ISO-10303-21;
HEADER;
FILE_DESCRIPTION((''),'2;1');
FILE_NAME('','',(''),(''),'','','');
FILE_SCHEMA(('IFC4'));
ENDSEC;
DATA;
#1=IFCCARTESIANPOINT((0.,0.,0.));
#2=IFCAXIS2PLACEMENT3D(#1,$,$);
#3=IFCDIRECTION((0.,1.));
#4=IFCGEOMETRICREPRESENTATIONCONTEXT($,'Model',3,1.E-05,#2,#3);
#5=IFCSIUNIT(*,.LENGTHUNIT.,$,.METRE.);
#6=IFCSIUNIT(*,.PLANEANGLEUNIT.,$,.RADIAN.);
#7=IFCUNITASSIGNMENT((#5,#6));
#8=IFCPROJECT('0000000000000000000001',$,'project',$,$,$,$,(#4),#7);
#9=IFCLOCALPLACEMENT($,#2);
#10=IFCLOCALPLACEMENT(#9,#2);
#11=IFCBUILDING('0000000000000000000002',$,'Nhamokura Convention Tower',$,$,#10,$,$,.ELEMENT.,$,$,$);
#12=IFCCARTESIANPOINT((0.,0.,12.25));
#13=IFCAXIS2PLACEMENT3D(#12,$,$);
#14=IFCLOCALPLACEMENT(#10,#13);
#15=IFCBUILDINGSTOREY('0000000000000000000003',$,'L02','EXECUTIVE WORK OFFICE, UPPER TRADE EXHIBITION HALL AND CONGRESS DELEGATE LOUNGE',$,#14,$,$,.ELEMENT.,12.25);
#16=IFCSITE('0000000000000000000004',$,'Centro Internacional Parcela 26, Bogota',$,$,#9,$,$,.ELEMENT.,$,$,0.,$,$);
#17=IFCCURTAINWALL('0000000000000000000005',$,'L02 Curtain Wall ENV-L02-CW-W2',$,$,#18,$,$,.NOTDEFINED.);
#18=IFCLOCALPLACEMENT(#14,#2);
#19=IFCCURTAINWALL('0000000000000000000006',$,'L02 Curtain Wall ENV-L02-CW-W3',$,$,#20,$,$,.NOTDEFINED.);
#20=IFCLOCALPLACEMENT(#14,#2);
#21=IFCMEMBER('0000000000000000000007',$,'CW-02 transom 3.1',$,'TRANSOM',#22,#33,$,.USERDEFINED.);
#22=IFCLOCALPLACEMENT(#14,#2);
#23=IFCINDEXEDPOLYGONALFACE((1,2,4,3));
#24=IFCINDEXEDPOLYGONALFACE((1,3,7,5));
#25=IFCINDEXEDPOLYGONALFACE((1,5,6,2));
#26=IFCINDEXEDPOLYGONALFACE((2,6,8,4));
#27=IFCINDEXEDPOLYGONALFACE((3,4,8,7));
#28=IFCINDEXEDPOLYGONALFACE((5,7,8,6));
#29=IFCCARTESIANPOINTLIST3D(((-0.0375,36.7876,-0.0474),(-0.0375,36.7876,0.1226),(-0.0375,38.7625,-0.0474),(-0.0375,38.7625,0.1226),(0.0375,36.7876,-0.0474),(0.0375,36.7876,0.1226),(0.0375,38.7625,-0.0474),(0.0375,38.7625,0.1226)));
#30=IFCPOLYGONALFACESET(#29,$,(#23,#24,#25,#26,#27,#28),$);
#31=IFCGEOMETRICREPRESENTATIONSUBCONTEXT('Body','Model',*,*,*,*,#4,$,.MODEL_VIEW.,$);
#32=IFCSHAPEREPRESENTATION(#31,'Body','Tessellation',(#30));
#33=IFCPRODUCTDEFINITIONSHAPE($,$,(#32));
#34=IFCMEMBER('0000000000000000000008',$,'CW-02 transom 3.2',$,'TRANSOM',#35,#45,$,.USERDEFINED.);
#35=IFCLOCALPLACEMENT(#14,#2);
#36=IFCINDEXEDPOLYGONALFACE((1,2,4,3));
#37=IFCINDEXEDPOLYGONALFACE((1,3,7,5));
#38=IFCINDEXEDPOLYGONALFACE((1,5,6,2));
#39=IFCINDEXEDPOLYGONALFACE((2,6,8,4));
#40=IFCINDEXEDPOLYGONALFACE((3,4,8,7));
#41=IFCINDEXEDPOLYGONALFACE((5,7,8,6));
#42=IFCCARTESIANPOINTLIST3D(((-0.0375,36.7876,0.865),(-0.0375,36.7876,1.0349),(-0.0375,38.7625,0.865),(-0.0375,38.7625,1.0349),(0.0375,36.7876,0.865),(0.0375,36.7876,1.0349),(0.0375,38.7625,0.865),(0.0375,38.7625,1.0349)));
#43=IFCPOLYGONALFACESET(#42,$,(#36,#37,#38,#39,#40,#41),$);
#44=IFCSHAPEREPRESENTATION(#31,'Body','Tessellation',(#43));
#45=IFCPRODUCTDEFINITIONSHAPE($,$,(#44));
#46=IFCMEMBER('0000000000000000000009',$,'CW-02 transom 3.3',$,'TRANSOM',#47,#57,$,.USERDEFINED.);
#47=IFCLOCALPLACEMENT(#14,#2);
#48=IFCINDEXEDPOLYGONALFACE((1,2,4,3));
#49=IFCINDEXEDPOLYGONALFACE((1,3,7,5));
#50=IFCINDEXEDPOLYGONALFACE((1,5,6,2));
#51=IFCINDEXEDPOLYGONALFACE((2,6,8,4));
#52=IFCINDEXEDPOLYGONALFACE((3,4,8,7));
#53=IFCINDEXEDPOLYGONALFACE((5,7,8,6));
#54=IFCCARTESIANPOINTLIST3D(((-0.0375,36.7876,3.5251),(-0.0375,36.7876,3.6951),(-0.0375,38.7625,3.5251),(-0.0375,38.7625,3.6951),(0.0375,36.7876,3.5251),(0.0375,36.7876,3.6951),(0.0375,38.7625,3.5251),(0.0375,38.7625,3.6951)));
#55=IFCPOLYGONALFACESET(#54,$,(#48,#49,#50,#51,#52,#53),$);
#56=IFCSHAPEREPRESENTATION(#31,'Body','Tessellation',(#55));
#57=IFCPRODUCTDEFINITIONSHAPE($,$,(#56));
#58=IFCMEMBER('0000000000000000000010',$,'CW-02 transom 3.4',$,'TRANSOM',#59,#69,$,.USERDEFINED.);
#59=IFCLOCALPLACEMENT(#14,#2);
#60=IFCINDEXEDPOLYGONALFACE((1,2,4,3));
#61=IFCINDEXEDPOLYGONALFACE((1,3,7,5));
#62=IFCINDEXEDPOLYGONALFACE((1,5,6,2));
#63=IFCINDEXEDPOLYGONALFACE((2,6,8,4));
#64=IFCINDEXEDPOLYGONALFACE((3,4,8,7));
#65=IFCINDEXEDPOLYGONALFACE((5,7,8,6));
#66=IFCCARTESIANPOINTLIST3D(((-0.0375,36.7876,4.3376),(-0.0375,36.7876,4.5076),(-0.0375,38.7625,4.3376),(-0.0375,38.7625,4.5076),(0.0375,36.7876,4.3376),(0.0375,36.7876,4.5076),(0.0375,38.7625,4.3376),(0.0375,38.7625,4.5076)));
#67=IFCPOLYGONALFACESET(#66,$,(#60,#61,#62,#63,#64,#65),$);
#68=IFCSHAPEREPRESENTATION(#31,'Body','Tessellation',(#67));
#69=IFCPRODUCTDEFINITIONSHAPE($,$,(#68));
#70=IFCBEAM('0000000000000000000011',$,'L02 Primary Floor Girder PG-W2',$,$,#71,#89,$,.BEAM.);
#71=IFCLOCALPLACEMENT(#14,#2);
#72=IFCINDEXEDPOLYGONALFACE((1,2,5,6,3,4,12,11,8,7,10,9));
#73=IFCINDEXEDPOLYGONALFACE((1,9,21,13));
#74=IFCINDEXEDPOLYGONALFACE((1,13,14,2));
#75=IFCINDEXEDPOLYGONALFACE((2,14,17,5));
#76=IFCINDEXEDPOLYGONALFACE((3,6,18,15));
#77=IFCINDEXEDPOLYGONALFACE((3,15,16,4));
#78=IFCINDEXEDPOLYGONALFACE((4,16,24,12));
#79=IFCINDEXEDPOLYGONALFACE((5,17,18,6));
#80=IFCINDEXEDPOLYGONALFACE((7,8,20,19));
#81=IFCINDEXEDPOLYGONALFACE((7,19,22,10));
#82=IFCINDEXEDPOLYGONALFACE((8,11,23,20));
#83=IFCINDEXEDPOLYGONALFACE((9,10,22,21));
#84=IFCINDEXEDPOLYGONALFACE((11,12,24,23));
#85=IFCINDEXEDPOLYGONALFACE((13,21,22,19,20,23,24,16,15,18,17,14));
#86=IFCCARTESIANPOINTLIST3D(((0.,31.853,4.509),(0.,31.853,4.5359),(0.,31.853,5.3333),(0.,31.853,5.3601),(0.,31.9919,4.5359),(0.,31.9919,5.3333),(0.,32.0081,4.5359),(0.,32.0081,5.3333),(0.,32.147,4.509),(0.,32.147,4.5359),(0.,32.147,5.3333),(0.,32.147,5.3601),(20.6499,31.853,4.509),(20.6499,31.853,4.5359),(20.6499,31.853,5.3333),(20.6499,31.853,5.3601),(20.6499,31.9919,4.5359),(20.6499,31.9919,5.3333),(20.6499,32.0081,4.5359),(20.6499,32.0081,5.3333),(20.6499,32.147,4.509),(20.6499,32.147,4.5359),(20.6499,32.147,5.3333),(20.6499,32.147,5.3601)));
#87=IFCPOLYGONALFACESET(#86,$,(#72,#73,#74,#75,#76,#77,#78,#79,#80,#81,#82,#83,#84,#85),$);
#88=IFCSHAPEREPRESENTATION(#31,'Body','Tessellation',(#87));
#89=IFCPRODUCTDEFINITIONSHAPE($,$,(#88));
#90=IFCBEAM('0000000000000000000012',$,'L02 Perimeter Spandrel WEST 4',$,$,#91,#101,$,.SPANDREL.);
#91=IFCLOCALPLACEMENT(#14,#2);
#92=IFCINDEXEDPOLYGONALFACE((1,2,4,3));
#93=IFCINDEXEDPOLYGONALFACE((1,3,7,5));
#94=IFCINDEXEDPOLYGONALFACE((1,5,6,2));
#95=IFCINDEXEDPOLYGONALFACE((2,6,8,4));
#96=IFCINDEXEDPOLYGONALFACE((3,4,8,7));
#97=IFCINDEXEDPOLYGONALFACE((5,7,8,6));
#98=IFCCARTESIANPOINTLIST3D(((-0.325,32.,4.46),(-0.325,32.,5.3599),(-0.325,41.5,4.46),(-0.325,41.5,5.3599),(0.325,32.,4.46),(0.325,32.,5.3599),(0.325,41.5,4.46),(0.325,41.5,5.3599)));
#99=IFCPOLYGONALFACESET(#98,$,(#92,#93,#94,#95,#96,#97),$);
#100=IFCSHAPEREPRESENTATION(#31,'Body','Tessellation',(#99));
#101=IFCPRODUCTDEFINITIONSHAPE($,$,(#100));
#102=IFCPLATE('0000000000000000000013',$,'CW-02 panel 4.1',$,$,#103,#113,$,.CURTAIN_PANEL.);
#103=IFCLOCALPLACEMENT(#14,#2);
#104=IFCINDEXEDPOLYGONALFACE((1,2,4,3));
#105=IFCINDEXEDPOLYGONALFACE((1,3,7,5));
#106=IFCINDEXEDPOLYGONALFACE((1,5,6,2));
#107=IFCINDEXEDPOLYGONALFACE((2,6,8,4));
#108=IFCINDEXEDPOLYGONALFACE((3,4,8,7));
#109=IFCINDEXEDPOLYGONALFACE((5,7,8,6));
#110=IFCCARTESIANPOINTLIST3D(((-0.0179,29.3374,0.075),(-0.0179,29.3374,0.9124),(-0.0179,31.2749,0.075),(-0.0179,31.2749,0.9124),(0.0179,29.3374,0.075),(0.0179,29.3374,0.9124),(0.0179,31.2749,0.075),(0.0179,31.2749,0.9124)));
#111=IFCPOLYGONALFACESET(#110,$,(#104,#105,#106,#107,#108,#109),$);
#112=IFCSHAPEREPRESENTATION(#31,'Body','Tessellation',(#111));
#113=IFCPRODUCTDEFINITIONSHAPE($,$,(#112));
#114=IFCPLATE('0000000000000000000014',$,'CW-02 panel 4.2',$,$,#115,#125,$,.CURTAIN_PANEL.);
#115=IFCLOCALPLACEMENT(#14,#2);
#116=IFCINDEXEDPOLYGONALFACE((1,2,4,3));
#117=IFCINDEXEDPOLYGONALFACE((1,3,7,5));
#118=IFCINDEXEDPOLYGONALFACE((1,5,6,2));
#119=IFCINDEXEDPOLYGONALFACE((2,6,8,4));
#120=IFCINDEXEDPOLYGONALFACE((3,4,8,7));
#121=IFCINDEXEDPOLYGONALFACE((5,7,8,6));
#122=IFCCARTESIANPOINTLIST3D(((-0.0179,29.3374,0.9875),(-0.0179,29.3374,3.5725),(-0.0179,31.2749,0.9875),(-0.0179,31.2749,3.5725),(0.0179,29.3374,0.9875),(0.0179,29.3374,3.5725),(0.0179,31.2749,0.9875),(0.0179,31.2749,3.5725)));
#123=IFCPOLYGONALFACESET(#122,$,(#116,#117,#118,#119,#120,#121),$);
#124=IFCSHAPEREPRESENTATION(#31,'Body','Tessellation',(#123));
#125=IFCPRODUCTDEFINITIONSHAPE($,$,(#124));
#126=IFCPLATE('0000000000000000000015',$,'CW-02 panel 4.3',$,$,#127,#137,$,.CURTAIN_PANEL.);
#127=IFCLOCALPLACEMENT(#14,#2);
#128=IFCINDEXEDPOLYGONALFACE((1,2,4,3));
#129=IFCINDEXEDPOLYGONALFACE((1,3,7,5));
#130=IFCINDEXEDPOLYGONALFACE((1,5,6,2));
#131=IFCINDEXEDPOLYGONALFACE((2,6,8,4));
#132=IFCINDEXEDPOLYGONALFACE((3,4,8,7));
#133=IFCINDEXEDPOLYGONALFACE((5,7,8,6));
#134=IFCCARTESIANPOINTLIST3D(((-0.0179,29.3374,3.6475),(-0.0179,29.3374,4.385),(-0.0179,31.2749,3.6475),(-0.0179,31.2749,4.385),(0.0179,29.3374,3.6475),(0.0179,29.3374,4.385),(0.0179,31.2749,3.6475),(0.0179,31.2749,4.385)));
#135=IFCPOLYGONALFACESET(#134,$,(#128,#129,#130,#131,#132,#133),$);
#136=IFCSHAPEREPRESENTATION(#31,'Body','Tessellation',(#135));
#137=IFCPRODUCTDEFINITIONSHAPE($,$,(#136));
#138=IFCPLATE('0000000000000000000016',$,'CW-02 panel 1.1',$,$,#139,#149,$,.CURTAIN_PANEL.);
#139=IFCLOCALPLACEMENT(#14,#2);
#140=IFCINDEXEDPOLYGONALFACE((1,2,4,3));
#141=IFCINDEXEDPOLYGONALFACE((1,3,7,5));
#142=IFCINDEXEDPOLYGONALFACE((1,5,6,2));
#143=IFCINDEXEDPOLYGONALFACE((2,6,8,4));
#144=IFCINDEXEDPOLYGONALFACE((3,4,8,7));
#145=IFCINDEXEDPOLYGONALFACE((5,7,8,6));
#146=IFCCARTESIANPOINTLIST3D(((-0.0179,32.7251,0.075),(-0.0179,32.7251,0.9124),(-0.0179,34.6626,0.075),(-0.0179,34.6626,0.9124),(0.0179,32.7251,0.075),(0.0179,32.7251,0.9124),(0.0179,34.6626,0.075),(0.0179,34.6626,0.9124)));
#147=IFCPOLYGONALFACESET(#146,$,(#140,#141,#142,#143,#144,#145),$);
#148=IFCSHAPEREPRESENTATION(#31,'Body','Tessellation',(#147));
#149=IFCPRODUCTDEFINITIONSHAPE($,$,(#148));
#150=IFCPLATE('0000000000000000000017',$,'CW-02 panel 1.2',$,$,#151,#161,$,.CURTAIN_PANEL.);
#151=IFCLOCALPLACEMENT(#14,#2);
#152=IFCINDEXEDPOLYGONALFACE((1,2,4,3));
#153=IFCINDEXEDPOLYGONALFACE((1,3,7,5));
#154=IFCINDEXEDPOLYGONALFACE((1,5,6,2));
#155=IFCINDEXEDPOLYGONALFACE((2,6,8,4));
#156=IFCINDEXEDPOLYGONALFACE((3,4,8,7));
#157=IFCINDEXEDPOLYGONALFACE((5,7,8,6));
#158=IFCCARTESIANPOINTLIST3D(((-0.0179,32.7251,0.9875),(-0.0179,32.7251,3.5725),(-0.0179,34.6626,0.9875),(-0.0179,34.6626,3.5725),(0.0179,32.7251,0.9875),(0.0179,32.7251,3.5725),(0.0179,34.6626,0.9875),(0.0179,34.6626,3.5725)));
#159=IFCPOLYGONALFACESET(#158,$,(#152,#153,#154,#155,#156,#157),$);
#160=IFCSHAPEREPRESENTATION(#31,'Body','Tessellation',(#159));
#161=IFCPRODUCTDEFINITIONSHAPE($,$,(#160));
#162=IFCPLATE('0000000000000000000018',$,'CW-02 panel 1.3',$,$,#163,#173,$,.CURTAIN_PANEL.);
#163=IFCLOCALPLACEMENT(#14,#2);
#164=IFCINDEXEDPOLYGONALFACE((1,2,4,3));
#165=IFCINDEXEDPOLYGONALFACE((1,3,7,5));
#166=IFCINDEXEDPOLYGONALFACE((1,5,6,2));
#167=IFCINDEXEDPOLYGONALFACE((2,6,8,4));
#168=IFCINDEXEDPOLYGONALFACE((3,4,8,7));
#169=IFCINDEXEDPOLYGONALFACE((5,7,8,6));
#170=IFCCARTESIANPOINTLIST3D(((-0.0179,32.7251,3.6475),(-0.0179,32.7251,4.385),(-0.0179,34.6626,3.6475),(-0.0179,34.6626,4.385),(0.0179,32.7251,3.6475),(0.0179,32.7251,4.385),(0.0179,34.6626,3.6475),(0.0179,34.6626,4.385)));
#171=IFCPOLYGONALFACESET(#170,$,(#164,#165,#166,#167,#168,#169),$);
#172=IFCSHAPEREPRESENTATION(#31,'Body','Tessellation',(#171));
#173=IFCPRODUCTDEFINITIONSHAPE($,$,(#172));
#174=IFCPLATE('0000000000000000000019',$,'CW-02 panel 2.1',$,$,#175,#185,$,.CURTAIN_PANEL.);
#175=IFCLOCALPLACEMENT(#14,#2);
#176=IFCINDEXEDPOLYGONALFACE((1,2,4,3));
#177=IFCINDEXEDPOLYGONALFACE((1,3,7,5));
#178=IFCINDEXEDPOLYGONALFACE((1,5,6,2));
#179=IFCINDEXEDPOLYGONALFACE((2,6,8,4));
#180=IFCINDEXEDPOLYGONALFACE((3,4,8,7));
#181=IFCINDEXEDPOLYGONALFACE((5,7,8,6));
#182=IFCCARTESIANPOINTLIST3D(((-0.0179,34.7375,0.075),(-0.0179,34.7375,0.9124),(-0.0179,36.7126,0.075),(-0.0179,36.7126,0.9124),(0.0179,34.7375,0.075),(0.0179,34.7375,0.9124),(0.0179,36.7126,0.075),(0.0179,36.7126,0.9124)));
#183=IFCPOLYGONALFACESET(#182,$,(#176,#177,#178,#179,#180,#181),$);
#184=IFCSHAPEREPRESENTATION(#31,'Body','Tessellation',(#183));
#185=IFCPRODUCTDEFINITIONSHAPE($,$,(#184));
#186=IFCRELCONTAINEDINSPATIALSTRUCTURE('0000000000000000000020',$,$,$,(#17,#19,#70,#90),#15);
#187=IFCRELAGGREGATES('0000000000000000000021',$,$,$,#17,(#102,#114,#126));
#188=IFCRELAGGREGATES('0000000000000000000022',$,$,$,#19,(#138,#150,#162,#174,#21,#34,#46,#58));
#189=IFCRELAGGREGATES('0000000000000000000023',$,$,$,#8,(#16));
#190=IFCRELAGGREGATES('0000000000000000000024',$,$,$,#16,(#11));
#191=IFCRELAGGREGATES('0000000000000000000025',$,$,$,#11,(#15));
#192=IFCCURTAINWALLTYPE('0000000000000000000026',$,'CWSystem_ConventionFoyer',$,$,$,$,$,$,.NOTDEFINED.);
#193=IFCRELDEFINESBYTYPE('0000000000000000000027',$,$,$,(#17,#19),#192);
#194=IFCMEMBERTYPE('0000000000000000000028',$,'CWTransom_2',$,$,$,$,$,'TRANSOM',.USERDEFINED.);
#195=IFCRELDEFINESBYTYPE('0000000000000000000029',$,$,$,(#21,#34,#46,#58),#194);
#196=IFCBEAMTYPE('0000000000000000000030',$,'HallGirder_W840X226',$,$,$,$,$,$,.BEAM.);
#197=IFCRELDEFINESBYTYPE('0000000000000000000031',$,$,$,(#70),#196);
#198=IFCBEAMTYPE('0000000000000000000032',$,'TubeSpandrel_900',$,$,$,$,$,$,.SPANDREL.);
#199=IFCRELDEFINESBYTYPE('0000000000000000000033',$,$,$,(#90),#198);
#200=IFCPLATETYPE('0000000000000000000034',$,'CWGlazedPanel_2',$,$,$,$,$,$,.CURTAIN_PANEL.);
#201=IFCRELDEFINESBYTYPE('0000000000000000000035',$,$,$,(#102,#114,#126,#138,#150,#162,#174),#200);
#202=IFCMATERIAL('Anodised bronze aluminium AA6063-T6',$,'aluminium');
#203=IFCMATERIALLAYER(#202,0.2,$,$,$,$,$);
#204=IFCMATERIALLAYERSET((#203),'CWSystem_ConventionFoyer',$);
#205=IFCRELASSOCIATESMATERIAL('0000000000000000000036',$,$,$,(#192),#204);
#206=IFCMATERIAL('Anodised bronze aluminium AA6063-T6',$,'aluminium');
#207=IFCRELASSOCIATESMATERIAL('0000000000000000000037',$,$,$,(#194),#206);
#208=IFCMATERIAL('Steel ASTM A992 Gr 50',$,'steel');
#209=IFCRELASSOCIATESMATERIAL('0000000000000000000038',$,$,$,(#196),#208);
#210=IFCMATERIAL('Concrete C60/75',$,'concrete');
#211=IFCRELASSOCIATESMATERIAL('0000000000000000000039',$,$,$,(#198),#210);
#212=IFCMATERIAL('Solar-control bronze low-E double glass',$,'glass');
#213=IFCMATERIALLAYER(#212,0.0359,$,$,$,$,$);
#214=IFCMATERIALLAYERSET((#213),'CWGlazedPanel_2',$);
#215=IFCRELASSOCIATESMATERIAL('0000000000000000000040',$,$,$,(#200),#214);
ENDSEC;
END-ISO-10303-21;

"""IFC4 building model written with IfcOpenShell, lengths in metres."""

from ifc_helpers import new_model, si_unit, direction, frame, origin, origin_2d, place, context, subcontext, project, spatial, rectangle, i_section, extrude, material, layer, layer_set, material_profile, profile_set, type_object, element, aggregate, save


model = new_model("IFC4")

# Units and contexts
model_context = context("Model", 3, precision=1e-05, world=origin(), true_north=direction((0.0, 1.0)))
body_context = subcontext(model_context, "Body", "Model", "MODEL_VIEW")
ifc_project = project(units=[si_unit("LENGTHUNIT", "METRE"), si_unit("PLANEANGLEUNIT", "RADIAN")], contexts=[model_context])

# Site, building, storey
site_placement = place(None, origin())
site = spatial("IfcSite", under=ifc_project, at=site_placement, Name="Centro Internacional Parcela 26, Bogota", CompositionType="ELEMENT", RefElevation=0.0)
building_placement = place(site_placement, origin())
building = spatial("IfcBuilding", under=site, at=building_placement, Name="Nhamokura Convention Tower", CompositionType="ELEMENT")
storey_placement = place(building_placement, frame((0.0, 0.0, 12.25)))
storey = spatial("IfcBuildingStorey", under=building, at=storey_placement, Name="L02", Description="EXECUTIVE WORK OFFICE, UPPER TRADE EXHIBITION HALL AND CONGRESS DELEGATE LOUNGE", CompositionType="ELEMENT", Elevation=12.25)

# Curtain wall
ifc_material_1 = material(Name="Anodised bronze aluminium AA6063-T6", Category="aluminium")
ifc_layer_1 = layer(ifc_material_1, 0.2)
ifc_layer_set_1 = layer_set([ifc_layer_1], Name="CWSystem_ConventionFoyer")
curtain_wall_type = type_object("IfcCurtainWallType", Name="CWSystem_ConventionFoyer", PredefinedType="NOTDEFINED", material=ifc_layer_set_1)
curtain_wall_1_placement = place(storey_placement, origin())
curtain_wall_1 = element("IfcCurtainWall", 1, at=curtain_wall_1_placement, inside=storey, type_object=curtain_wall_type, Name="L02 Curtain Wall ENV-L02-CW-W2", PredefinedType="NOTDEFINED")

# Curtain wall, members
curtain_wall_2_placement = place(storey_placement, origin())
curtain_wall_2 = element("IfcCurtainWall", 2, at=curtain_wall_2_placement, inside=storey, type_object=curtain_wall_type, Name="L02 Curtain Wall ENV-L02-CW-W3", PredefinedType="NOTDEFINED")
ifc_material_2 = material(Name="Anodised bronze aluminium AA6063-T6", Category="aluminium")
ifc_material_profile_1 = material_profile(ifc_material_2, rectangle(XDim=0.075, YDim=0.1699, at=origin_2d()))
ifc_profile_set_1 = profile_set([ifc_material_profile_1], Name="Anodised bronze aluminium AA6063-T6")
member_type_1 = type_object("IfcMemberType", Name="CWTransom_2", ElementType="TRANSOM", PredefinedType="USERDEFINED", material=ifc_profile_set_1)
member_1_placement = place(storey_placement, frame((0.0, 36.7876, 0.0376), z_axis=(0.0, 1.0, 0.0), x_axis=(-1.0, 0.0, 0.0)))
member_1 = element("IfcMember", 3, at=member_1_placement, type_object=member_type_1, Name="CW-02 transom 3.1", ObjectType="TRANSOM", PredefinedType="USERDEFINED", context=body_context, shape_type="SweptSolid", body=[
    extrude(rectangle(XDim=0.075, YDim=0.1699, at=origin_2d()), origin(), (0.0, 0.0, 1.0), 1.9749),
])
member_2_placement = place(storey_placement, frame((0.0, 36.7876, 0.95), z_axis=(0.0, 1.0, 0.0), x_axis=(-1.0, 0.0, 0.0)))
member_2 = element("IfcMember", 4, at=member_2_placement, type_object=member_type_1, Name="CW-02 transom 3.2", ObjectType="TRANSOM", PredefinedType="USERDEFINED", context=body_context, shape_type="SweptSolid", body=[
    extrude(rectangle(XDim=0.075, YDim=0.1699, at=origin_2d()), origin(), (0.0, 0.0, 1.0), 1.9749),
])
member_3_placement = place(storey_placement, frame((0.0, 36.7876, 3.6101), z_axis=(0.0, 1.0, 0.0), x_axis=(-1.0, 0.0, 0.0)))
member_3 = element("IfcMember", 5, at=member_3_placement, type_object=member_type_1, Name="CW-02 transom 3.3", ObjectType="TRANSOM", PredefinedType="USERDEFINED", context=body_context, shape_type="SweptSolid", body=[
    extrude(rectangle(XDim=0.075, YDim=0.1699, at=origin_2d()), origin(), (0.0, 0.0, 1.0), 1.9749),
])
member_4_placement = place(storey_placement, frame((0.0, 36.7876, 4.4226), z_axis=(0.0, 1.0, 0.0), x_axis=(-1.0, 0.0, 0.0)))
member_4 = element("IfcMember", 6, at=member_4_placement, type_object=member_type_1, Name="CW-02 transom 3.4", ObjectType="TRANSOM", PredefinedType="USERDEFINED", context=body_context, shape_type="SweptSolid", body=[
    extrude(rectangle(XDim=0.075, YDim=0.1699, at=origin_2d()), origin(), (0.0, 0.0, 1.0), 1.9749),
])

# Beams
ifc_material_3 = material(Name="Steel ASTM A992 Gr 50", Category="steel")
ifc_material_profile_2 = material_profile(ifc_material_3, i_section(OverallWidth=0.2939, OverallDepth=0.8511, WebThickness=0.0161, FlangeThickness=0.0269, at=origin_2d()))
ifc_profile_set_2 = profile_set([ifc_material_profile_2], Name="Steel ASTM A992 Gr 50")
beam_type_1 = type_object("IfcBeamType", Name="HallGirder_W840X226", PredefinedType="BEAM", material=ifc_profile_set_2)
beam_1_placement = place(storey_placement, frame((0.0, 32.0, 4.9346), z_axis=(1.0, 0.0, 0.0), x_axis=(0.0, 1.0, 0.0)))
element("IfcBeam", 7, at=beam_1_placement, inside=storey, type_object=beam_type_1, Name="L02 Primary Floor Girder PG-W2", PredefinedType="BEAM", context=body_context, shape_type="SweptSolid", body=[
    extrude(i_section(OverallWidth=0.2939, OverallDepth=0.8511, WebThickness=0.0161, FlangeThickness=0.0269, at=origin_2d()), origin(), (0.0, 0.0, 1.0), 20.6499),
])
ifc_material_4 = material(Name="Concrete C60/75", Category="concrete")
ifc_material_profile_3 = material_profile(ifc_material_4, rectangle(XDim=0.6499, YDim=0.8999, at=origin_2d()))
ifc_profile_set_3 = profile_set([ifc_material_profile_3], Name="Concrete C60/75")
beam_type_2 = type_object("IfcBeamType", Name="TubeSpandrel_900", PredefinedType="SPANDREL", material=ifc_profile_set_3)
beam_2_placement = place(storey_placement, frame((0.0, 32.0, 4.9099), z_axis=(0.0, 1.0, 0.0), x_axis=(-1.0, 0.0, 0.0)))
element("IfcBeam", 8, at=beam_2_placement, inside=storey, type_object=beam_type_2, Name="L02 Perimeter Spandrel WEST 4", PredefinedType="SPANDREL", context=body_context, shape_type="SweptSolid", body=[
    extrude(rectangle(XDim=0.6499, YDim=0.8999, at=origin_2d()), origin(), (0.0, 0.0, 1.0), 9.5),
])

# Plates
ifc_material_5 = material(Name="Solar-control bronze low-E double glass", Category="glass")
ifc_layer_2 = layer(ifc_material_5, 0.0359)
ifc_layer_set_2 = layer_set([ifc_layer_2], Name="CWGlazedPanel_2")
plate_type = type_object("IfcPlateType", Name="CWGlazedPanel_2", PredefinedType="CURTAIN_PANEL", material=ifc_layer_set_2)
plate_1_placement = place(storey_placement, frame((0.0, 30.3062, 0.075), z_axis=(0.0, 0.0, 1.0), x_axis=(0.0, 1.0, 0.0)))
plate_1 = element("IfcPlate", 9, at=plate_1_placement, type_object=plate_type, Name="CW-02 panel 4.1", PredefinedType="CURTAIN_PANEL", context=body_context, shape_type="SweptSolid", body=[
    extrude(rectangle(XDim=1.9375, YDim=0.0359, at=origin_2d()), origin(), (0.0, 0.0, 1.0), 0.8374),
])
plate_2_placement = place(storey_placement, frame((0.0, 30.3062, 0.9875), z_axis=(0.0, 0.0, 1.0), x_axis=(0.0, 1.0, 0.0)))
plate_2 = element("IfcPlate", 10, at=plate_2_placement, type_object=plate_type, Name="CW-02 panel 4.2", PredefinedType="CURTAIN_PANEL", context=body_context, shape_type="SweptSolid", body=[
    extrude(rectangle(XDim=1.9375, YDim=0.0359, at=origin_2d()), origin(), (0.0, 0.0, 1.0), 2.585),
])
plate_3_placement = place(storey_placement, frame((0.0, 30.3062, 3.6475), z_axis=(0.0, 0.0, 1.0), x_axis=(0.0, 1.0, 0.0)))
plate_3 = element("IfcPlate", 11, at=plate_3_placement, type_object=plate_type, Name="CW-02 panel 4.3", PredefinedType="CURTAIN_PANEL", context=body_context, shape_type="SweptSolid", body=[
    extrude(rectangle(XDim=1.9375, YDim=0.0359, at=origin_2d()), origin(), (0.0, 0.0, 1.0), 0.7375),
])
aggregate(curtain_wall_1, [plate_1, plate_2, plate_3])
plate_4_placement = place(storey_placement, frame((0.0, 33.6938, 0.075), z_axis=(0.0, 0.0, 1.0), x_axis=(0.0, 1.0, 0.0)))
plate_4 = element("IfcPlate", 12, at=plate_4_placement, type_object=plate_type, Name="CW-02 panel 1.1", PredefinedType="CURTAIN_PANEL", context=body_context, shape_type="SweptSolid", body=[
    extrude(rectangle(XDim=1.9375, YDim=0.0359, at=origin_2d()), origin(), (0.0, 0.0, 1.0), 0.8374),
])
plate_5_placement = place(storey_placement, frame((0.0, 33.6938, 0.9875), z_axis=(0.0, 0.0, 1.0), x_axis=(0.0, 1.0, 0.0)))
plate_5 = element("IfcPlate", 13, at=plate_5_placement, type_object=plate_type, Name="CW-02 panel 1.2", PredefinedType="CURTAIN_PANEL", context=body_context, shape_type="SweptSolid", body=[
    extrude(rectangle(XDim=1.9375, YDim=0.0359, at=origin_2d()), origin(), (0.0, 0.0, 1.0), 2.585),
])
plate_6_placement = place(storey_placement, frame((0.0, 33.6938, 3.6475), z_axis=(0.0, 0.0, 1.0), x_axis=(0.0, 1.0, 0.0)))
plate_6 = element("IfcPlate", 14, at=plate_6_placement, type_object=plate_type, Name="CW-02 panel 1.3", PredefinedType="CURTAIN_PANEL", context=body_context, shape_type="SweptSolid", body=[
    extrude(rectangle(XDim=1.9375, YDim=0.0359, at=origin_2d()), origin(), (0.0, 0.0, 1.0), 0.7375),
])
plate_7_placement = place(storey_placement, frame((0.0, 35.7251, 0.075), z_axis=(0.0, 0.0, 1.0), x_axis=(0.0, 1.0, 0.0)))
plate_7 = element("IfcPlate", 15, at=plate_7_placement, type_object=plate_type, Name="CW-02 panel 2.1", PredefinedType="CURTAIN_PANEL", context=body_context, shape_type="SweptSolid", body=[
    extrude(rectangle(XDim=1.9751, YDim=0.0359, at=origin_2d()), origin(), (0.0, 0.0, 1.0), 0.8374),
])
aggregate(curtain_wall_2, [plate_4, plate_5, plate_6, plate_7, member_1, member_2, member_3, member_4])

save(model, "model.ifc")
